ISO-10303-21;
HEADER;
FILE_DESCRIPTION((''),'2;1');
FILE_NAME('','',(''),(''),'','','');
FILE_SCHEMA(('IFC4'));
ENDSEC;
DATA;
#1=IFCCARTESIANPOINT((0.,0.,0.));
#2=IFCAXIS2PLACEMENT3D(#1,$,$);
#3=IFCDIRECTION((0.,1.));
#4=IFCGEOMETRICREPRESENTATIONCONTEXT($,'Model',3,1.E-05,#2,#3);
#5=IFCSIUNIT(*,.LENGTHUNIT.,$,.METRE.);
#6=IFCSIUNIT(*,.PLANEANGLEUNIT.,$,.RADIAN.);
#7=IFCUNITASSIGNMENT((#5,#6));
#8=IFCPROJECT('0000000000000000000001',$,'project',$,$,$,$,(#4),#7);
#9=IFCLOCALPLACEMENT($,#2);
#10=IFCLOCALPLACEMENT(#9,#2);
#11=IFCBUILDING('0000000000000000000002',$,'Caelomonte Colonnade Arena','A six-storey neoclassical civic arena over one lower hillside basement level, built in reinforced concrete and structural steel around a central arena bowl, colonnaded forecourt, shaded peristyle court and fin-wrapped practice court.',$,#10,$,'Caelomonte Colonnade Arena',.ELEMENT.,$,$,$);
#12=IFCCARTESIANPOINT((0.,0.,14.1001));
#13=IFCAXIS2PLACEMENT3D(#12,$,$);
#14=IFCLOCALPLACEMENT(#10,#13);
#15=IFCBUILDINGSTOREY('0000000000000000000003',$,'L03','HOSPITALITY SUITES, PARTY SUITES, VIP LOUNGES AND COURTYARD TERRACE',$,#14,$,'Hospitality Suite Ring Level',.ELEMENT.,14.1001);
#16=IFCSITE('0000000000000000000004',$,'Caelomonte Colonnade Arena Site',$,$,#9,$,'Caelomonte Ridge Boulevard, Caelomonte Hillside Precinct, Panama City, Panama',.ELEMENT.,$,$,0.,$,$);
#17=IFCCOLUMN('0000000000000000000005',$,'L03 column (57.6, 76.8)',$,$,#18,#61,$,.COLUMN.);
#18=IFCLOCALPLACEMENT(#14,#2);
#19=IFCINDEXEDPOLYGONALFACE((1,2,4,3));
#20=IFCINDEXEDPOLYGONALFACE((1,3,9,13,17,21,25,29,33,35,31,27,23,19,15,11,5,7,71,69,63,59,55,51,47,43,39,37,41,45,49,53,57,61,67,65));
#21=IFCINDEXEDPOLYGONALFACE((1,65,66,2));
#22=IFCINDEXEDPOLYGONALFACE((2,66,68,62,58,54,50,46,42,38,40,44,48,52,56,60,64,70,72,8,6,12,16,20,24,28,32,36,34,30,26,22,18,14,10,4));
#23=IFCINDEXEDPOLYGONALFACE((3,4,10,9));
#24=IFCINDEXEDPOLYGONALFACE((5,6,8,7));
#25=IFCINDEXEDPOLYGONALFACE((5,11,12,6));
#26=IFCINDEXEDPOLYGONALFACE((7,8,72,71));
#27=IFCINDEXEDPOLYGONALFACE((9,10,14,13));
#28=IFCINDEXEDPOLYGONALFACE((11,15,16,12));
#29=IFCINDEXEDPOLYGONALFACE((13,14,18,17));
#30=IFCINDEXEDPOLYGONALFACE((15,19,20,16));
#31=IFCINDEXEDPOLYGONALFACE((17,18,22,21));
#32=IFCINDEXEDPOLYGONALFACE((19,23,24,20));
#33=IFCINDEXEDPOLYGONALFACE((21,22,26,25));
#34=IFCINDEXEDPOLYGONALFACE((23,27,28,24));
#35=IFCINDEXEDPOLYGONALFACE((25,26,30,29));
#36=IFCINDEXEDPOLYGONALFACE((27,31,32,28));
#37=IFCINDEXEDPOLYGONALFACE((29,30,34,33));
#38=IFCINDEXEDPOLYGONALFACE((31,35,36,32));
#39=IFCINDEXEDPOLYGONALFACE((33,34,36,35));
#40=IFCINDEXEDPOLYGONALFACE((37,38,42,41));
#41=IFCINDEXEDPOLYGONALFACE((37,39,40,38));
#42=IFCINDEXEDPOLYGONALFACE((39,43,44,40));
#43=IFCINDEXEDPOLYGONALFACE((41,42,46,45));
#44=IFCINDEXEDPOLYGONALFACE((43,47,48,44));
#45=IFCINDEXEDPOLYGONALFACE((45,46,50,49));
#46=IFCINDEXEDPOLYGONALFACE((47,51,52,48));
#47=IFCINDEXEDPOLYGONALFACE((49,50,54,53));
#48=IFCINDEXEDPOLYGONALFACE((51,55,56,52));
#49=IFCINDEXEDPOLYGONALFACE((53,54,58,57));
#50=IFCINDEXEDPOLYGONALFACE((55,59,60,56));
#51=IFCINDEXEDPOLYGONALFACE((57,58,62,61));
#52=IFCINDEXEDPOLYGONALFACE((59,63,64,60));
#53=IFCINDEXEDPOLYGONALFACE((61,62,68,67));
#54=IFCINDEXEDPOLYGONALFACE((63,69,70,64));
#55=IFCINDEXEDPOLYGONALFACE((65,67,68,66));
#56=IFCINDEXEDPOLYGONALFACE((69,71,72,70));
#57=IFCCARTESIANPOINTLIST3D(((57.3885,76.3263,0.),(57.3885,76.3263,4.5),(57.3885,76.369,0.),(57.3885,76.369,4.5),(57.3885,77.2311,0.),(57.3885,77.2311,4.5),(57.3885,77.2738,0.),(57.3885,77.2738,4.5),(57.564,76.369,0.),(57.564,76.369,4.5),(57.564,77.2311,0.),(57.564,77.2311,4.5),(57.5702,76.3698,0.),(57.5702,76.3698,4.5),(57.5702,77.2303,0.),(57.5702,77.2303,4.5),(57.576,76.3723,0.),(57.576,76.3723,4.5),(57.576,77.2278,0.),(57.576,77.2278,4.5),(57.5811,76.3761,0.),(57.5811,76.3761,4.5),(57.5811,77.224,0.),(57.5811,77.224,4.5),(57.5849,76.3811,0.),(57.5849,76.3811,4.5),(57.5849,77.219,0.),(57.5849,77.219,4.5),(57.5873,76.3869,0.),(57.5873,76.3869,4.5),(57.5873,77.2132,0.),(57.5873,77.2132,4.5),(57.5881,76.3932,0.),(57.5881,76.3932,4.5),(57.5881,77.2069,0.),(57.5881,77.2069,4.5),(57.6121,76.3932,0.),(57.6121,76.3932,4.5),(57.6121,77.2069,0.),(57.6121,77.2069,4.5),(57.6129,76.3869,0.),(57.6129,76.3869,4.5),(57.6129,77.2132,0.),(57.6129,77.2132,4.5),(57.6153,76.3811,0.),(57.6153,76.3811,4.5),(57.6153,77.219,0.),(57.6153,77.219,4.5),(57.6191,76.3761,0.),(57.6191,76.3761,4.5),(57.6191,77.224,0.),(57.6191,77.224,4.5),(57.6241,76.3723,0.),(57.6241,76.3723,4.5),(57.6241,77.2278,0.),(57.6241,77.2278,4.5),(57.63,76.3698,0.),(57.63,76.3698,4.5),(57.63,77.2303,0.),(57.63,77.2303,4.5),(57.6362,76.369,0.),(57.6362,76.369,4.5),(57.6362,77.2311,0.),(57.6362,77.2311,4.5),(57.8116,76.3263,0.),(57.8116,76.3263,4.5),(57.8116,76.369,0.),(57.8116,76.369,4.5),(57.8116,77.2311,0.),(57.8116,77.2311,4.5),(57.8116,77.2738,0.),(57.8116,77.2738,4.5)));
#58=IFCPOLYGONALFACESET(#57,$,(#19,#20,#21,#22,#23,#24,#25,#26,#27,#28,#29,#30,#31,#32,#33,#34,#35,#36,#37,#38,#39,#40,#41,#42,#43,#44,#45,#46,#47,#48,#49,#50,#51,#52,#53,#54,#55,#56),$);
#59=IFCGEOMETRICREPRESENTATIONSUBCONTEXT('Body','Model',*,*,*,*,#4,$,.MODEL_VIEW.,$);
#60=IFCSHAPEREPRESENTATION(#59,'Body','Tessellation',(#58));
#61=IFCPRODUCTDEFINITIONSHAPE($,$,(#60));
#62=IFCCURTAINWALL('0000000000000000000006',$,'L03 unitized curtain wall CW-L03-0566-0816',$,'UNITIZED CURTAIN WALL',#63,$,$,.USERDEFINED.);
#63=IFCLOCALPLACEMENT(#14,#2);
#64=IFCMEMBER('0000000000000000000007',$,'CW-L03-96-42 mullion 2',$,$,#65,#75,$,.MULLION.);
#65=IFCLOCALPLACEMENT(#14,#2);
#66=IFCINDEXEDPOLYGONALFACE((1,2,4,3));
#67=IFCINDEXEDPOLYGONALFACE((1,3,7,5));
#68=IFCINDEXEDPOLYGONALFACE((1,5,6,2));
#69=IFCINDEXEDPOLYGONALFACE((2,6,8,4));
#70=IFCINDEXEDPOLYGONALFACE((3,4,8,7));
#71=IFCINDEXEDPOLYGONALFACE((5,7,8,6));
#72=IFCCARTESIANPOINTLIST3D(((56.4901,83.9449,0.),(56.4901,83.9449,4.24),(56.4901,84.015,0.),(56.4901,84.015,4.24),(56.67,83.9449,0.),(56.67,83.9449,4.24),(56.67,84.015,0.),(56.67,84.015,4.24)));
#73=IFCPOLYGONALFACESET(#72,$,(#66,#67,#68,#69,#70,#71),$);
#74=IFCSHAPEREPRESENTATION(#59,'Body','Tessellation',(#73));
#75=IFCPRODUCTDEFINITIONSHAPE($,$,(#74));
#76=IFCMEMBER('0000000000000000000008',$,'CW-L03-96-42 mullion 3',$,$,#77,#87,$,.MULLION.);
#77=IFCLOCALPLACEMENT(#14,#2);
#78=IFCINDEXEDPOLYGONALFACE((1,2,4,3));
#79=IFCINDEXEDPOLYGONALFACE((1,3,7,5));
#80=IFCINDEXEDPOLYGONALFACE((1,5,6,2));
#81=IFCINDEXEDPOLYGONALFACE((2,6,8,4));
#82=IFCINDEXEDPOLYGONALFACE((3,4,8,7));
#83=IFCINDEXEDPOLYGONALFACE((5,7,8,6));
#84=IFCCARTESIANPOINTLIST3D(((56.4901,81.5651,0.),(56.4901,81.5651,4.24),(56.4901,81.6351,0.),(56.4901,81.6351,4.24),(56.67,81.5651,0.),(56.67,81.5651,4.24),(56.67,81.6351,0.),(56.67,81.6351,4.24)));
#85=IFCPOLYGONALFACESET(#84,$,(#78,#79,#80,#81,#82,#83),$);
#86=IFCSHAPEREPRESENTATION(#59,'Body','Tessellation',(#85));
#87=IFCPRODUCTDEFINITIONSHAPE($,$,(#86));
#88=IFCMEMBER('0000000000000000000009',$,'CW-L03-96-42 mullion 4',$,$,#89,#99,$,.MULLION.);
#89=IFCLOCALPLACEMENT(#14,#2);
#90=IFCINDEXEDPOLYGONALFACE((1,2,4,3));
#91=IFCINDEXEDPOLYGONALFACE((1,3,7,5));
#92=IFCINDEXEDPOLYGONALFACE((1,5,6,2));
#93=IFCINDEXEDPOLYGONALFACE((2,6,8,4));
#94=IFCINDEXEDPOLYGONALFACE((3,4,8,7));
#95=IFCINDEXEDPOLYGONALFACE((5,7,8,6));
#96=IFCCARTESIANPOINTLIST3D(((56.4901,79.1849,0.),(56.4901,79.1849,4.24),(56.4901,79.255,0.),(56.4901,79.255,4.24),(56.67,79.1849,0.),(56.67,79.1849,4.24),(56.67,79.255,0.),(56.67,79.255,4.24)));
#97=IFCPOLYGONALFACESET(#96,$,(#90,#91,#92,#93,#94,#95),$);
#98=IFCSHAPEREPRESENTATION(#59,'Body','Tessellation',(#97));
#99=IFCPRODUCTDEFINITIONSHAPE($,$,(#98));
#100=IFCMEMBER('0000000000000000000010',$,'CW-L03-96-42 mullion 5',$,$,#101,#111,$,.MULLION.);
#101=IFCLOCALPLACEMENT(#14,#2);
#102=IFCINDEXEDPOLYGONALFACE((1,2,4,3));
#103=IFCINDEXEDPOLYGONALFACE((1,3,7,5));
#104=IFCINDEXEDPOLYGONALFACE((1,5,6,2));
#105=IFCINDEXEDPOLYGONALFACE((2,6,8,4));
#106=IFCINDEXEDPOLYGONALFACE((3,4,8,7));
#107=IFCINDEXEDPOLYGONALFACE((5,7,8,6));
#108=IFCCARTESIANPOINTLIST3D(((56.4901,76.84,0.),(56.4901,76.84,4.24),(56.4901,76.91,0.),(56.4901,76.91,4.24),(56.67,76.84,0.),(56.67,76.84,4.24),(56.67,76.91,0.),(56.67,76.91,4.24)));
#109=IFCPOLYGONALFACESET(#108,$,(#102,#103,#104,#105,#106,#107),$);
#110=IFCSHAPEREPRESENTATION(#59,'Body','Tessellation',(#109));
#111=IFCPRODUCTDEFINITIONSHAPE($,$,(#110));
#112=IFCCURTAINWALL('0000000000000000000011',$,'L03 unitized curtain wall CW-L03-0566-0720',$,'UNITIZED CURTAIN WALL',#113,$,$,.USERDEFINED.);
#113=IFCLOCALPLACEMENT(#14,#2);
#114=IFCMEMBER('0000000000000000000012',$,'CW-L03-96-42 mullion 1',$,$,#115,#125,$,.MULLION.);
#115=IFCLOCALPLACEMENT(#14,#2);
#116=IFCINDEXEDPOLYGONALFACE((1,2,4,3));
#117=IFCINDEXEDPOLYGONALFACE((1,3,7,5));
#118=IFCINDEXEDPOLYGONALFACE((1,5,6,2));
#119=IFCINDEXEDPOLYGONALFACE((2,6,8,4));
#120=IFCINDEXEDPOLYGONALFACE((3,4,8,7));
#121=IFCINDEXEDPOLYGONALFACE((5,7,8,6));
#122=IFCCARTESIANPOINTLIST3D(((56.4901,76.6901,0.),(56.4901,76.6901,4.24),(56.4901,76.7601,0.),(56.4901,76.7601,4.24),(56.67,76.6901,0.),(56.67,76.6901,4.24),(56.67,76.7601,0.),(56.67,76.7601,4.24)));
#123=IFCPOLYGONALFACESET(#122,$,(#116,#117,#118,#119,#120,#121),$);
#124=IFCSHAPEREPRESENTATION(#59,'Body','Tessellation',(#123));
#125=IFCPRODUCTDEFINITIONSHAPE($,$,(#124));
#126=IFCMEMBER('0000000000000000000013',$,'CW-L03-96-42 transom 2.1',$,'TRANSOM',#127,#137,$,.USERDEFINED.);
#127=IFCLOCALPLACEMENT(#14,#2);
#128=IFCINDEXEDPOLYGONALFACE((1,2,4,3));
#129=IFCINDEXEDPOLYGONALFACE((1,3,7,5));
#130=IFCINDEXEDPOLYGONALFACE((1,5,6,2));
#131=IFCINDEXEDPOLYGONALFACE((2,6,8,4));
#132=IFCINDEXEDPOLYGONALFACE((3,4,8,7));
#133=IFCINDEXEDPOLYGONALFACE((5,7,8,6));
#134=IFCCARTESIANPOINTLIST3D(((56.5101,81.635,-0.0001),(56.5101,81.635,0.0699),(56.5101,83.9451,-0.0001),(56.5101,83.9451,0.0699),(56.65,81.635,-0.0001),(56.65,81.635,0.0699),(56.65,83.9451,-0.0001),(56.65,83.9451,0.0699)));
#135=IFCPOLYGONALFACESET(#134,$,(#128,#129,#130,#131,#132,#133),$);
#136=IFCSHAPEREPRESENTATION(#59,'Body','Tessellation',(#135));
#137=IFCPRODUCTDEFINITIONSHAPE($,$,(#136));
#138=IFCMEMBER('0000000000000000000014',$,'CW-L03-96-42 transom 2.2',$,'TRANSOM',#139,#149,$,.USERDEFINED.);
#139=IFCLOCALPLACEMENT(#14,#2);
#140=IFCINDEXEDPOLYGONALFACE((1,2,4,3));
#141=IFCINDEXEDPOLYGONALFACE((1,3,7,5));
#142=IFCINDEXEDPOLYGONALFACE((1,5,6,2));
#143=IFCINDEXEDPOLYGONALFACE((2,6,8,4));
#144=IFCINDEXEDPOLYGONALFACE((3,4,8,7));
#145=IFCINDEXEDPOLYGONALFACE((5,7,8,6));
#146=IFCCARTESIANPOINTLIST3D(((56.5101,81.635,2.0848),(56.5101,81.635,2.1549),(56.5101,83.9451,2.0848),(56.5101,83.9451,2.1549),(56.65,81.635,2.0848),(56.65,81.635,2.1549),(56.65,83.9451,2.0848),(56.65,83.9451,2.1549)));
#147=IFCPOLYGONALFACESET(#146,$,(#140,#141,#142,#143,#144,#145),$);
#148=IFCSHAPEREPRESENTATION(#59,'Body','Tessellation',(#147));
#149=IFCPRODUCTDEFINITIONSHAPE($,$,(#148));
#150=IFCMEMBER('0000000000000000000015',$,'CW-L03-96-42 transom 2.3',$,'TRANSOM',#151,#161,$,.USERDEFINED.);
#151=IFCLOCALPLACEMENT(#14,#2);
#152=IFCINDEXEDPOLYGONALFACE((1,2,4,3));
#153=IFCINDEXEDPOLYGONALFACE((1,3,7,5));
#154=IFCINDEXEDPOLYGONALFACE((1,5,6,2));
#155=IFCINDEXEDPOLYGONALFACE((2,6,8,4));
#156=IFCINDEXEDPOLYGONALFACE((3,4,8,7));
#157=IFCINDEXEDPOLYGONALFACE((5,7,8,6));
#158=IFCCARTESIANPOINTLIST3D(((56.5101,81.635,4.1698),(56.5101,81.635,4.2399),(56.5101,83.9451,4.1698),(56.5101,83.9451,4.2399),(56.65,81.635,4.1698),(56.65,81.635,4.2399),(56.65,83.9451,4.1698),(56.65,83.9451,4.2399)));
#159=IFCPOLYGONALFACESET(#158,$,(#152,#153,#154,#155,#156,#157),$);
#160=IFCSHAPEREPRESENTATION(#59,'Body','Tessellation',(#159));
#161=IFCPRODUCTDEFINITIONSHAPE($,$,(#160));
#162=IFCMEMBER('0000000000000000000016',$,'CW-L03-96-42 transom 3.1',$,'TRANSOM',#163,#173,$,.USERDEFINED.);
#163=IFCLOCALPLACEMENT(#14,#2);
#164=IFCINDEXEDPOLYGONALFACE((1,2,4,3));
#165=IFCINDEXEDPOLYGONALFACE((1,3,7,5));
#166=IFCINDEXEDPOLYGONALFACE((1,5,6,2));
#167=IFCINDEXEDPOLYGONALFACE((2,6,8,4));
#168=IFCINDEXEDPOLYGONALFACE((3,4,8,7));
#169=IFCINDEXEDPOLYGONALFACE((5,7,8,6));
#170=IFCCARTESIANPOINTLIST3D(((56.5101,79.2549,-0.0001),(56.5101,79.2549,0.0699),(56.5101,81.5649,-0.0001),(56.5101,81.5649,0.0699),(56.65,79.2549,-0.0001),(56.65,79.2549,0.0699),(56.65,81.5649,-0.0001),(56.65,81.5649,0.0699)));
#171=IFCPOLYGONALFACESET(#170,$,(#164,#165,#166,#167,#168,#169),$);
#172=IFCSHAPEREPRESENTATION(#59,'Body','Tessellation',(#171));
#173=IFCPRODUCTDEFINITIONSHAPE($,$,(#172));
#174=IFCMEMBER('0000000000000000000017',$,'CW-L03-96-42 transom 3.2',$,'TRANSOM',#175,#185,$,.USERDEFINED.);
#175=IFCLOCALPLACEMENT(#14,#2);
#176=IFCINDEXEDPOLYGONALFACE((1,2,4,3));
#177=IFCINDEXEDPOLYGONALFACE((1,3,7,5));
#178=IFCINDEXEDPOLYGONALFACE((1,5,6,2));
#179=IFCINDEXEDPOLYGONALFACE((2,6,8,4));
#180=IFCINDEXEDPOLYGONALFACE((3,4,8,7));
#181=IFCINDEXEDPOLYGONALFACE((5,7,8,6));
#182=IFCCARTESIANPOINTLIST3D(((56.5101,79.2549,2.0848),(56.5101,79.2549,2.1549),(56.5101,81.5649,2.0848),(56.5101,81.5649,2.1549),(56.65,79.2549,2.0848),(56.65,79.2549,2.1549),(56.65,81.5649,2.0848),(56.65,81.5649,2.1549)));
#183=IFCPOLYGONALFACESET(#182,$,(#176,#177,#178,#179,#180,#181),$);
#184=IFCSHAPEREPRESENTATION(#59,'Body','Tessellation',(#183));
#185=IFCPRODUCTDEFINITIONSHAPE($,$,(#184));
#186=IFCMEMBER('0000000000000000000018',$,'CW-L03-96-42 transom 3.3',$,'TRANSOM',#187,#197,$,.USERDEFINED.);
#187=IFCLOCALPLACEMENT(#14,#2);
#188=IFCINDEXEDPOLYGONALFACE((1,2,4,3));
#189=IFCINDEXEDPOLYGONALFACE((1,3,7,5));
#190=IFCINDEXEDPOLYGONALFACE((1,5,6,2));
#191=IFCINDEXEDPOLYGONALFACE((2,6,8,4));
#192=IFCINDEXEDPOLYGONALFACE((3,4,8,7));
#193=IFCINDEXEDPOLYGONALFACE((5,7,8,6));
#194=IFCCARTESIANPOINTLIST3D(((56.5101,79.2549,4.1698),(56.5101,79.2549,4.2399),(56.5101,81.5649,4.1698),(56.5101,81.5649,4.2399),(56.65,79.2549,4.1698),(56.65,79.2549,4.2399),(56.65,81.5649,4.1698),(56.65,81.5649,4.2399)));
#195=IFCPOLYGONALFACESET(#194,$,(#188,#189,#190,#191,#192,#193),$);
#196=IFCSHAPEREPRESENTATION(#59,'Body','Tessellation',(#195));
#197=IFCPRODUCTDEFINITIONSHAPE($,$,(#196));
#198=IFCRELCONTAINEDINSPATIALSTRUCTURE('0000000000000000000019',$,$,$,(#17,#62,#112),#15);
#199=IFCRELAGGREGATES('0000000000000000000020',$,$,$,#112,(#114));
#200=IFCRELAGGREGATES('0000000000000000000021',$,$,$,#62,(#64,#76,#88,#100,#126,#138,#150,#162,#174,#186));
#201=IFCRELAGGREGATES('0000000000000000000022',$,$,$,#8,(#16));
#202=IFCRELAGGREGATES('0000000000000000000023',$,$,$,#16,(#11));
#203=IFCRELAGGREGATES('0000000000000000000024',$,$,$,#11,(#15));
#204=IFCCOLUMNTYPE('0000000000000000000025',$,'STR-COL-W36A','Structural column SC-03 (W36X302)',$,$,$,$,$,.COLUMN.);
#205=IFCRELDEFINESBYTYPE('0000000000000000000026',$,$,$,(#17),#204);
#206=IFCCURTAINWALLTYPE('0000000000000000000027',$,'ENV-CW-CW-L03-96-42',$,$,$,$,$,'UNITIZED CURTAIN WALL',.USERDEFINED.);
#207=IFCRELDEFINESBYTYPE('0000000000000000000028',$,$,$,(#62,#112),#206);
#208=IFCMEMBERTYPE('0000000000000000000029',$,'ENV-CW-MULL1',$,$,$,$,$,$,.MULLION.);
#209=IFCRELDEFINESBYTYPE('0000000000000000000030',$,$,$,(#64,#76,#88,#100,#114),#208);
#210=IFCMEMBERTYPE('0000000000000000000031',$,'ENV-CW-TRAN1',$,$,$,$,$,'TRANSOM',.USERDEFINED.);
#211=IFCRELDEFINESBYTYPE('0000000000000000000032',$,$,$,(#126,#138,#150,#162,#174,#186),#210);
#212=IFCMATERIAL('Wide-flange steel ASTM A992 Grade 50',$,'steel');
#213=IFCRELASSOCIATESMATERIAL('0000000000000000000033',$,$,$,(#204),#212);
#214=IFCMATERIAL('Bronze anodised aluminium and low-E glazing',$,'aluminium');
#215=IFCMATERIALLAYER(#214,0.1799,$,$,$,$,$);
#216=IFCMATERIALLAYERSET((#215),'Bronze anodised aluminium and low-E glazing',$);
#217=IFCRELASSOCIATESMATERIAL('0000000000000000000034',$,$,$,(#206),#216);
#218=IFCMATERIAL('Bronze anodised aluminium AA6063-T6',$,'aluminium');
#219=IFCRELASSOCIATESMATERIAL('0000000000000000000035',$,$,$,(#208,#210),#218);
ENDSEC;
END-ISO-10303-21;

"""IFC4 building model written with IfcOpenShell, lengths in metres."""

from ifc_helpers import new_model, si_unit, direction, frame, origin, origin_2d, place, context, subcontext, project, spatial, rectangle, i_section, extrude, material, layer, layer_set, material_profile, profile_set, type_object, element, aggregate, save


model = new_model("IFC4")

# Units and contexts
model_context = context("Model", 3, precision=1e-05, world=origin(), true_north=direction((0.0, 1.0)))
body_context = subcontext(model_context, "Body", "Model", "MODEL_VIEW")
ifc_project = project(units=[si_unit("LENGTHUNIT", "METRE"), si_unit("PLANEANGLEUNIT", "RADIAN")], contexts=[model_context])

# Site, building, storey
site_placement = place(None, origin())
site = spatial("IfcSite", under=ifc_project, at=site_placement, Name="Caelomonte Colonnade Arena Site", LongName="Caelomonte Ridge Boulevard, Caelomonte Hillside Precinct, Panama City, Panama", CompositionType="ELEMENT", RefElevation=0.0)
building_placement = place(site_placement, origin())
building = spatial("IfcBuilding", under=site, at=building_placement, Name="Caelomonte Colonnade Arena", Description="A six-storey neoclassical civic arena over one lower hillside basement level, built in reinforced concrete and structural steel around a central arena bowl, colonnaded forecourt, shaded peristyle court and fin-wrapped practice court.", LongName="Caelomonte Colonnade Arena", CompositionType="ELEMENT")
storey_placement = place(building_placement, frame((0.0, 0.0, 14.1001)))
storey = spatial("IfcBuildingStorey", under=building, at=storey_placement, Name="L03", Description="HOSPITALITY SUITES, PARTY SUITES, VIP LOUNGES AND COURTYARD TERRACE", LongName="Hospitality Suite Ring Level", CompositionType="ELEMENT", Elevation=14.1001)

# Column
ifc_material_1 = material(Name="Wide-flange steel ASTM A992 Grade 50", Category="steel")
ifc_material_profile_1 = material_profile(ifc_material_1, i_section(OverallWidth=0.4231, OverallDepth=0.9475, WebThickness=0.0239, FlangeThickness=0.0427, FilletRadius=0.0242, at=origin_2d()), Name="W36X302")
ifc_profile_set_1 = profile_set([ifc_material_profile_1], Name="Wide-flange steel ASTM A992 Grade 50")
column_type = type_object("IfcColumnType", Name="STR-COL-W36A", Description="Structural column SC-03 (W36X302)", PredefinedType="COLUMN", material=ifc_profile_set_1)
column_placement = place(storey_placement, frame((57.6001, 76.8, 0.0), z_axis=(0.0, 0.0, 1.0), x_axis=(1.0, 0.0, 0.0)))
element("IfcColumn", 1, at=column_placement, inside=storey, type_object=column_type, Name="L03 column (57.6, 76.8)", PredefinedType="COLUMN", context=body_context, shape_type="SweptSolid", body=[
    extrude(i_section(OverallWidth=0.4231, OverallDepth=0.9475, WebThickness=0.0239, FlangeThickness=0.0427, FilletRadius=0.0242, at=origin_2d()), origin(), (0.0, 0.0, 1.0), 4.5),
])

# Curtain wall, members
ifc_material_2 = material(Name="Bronze anodised aluminium and low-E glazing", Category="aluminium")
ifc_layer_1 = layer(ifc_material_2, 0.1799)
ifc_layer_set_1 = layer_set([ifc_layer_1], Name="Bronze anodised aluminium and low-E glazing")
curtain_wall_type = type_object("IfcCurtainWallType", Name="ENV-CW-CW-L03-96-42", ElementType="UNITIZED CURTAIN WALL", PredefinedType="USERDEFINED", material=ifc_layer_set_1)
curtain_wall_1_placement = place(storey_placement, origin())
curtain_wall_1 = element("IfcCurtainWall", 2, at=curtain_wall_1_placement, inside=storey, type_object=curtain_wall_type, Name="L03 unitized curtain wall CW-L03-0566-0816", ObjectType="UNITIZED CURTAIN WALL", PredefinedType="USERDEFINED")
ifc_material_3 = material(Name="Bronze anodised aluminium AA6063-T6", Category="aluminium")
ifc_material_profile_2 = material_profile(ifc_material_3, rectangle(XDim=0.0701, YDim=0.1799, at=origin_2d()), Name="CWM-70X180")
ifc_profile_set_2 = profile_set([ifc_material_profile_2], Name="Bronze anodised aluminium AA6063-T6")
member_type_1 = type_object("IfcMemberType", Name="ENV-CW-MULL1", PredefinedType="MULLION", material=ifc_profile_set_2)
member_1_placement = place(storey_placement, frame((56.5801, 83.98, 0.0), z_axis=(0.0, 0.0, 1.0), x_axis=(0.0, -1.0, 0.0)))
member_1 = element("IfcMember", 3, at=member_1_placement, type_object=member_type_1, Name="CW-L03-96-42 mullion 2", PredefinedType="MULLION", context=body_context, shape_type="SweptSolid", body=[
    extrude(rectangle(XDim=0.0701, YDim=0.1799, at=origin_2d()), origin(), (0.0, 0.0, 1.0), 4.24),
])
member_2_placement = place(storey_placement, frame((56.5801, 81.6001, 0.0), z_axis=(0.0, 0.0, 1.0), x_axis=(0.0, -1.0, 0.0)))
member_2 = element("IfcMember", 4, at=member_2_placement, type_object=member_type_1, Name="CW-L03-96-42 mullion 3", PredefinedType="MULLION", context=body_context, shape_type="SweptSolid", body=[
    extrude(rectangle(XDim=0.0701, YDim=0.1799, at=origin_2d()), origin(), (0.0, 0.0, 1.0), 4.24),
])
member_3_placement = place(storey_placement, frame((56.5801, 79.22, 0.0), z_axis=(0.0, 0.0, 1.0), x_axis=(0.0, -1.0, 0.0)))
member_3 = element("IfcMember", 5, at=member_3_placement, type_object=member_type_1, Name="CW-L03-96-42 mullion 4", PredefinedType="MULLION", context=body_context, shape_type="SweptSolid", body=[
    extrude(rectangle(XDim=0.0701, YDim=0.1799, at=origin_2d()), origin(), (0.0, 0.0, 1.0), 4.24),
])
member_4_placement = place(storey_placement, frame((56.5801, 76.875, 0.0), z_axis=(0.0, 0.0, 1.0), x_axis=(0.0, -1.0, 0.0)))
member_4 = element("IfcMember", 6, at=member_4_placement, type_object=member_type_1, Name="CW-L03-96-42 mullion 5", PredefinedType="MULLION", context=body_context, shape_type="SweptSolid", body=[
    extrude(rectangle(XDim=0.0701, YDim=0.1799, at=origin_2d()), origin(), (0.0, 0.0, 1.0), 4.24),
])

# Curtain wall, member
curtain_wall_2_placement = place(storey_placement, origin())
curtain_wall_2 = element("IfcCurtainWall", 7, at=curtain_wall_2_placement, inside=storey, type_object=curtain_wall_type, Name="L03 unitized curtain wall CW-L03-0566-0720", ObjectType="UNITIZED CURTAIN WALL", PredefinedType="USERDEFINED")
member_5_placement = place(storey_placement, frame((56.5801, 76.7251, 0.0), z_axis=(0.0, 0.0, 1.0), x_axis=(0.0, -1.0, 0.0)))
member_5 = element("IfcMember", 8, at=member_5_placement, type_object=member_type_1, Name="CW-L03-96-42 mullion 1", PredefinedType="MULLION", context=body_context, shape_type="SweptSolid", body=[
    extrude(rectangle(XDim=0.0701, YDim=0.1799, at=origin_2d()), origin(), (0.0, 0.0, 1.0), 4.24),
])

# Members
ifc_material_profile_3 = material_profile(ifc_material_3, rectangle(XDim=0.0701, YDim=0.1399, at=origin_2d()), Name="CWT-70X140")
ifc_profile_set_3 = profile_set([ifc_material_profile_3], Name="Bronze anodised aluminium AA6063-T6")
member_type_2 = type_object("IfcMemberType", Name="ENV-CW-TRAN1", ElementType="TRANSOM", PredefinedType="USERDEFINED", material=ifc_profile_set_3)
member_6_placement = place(storey_placement, frame((56.5801, 83.9451, 0.0349), z_axis=(0.0, -1.0, 0.0), x_axis=(0.0, 0.0, 1.0)))
member_6 = element("IfcMember", 9, at=member_6_placement, type_object=member_type_2, Name="CW-L03-96-42 transom 2.1", ObjectType="TRANSOM", PredefinedType="USERDEFINED", context=body_context, shape_type="SweptSolid", body=[
    extrude(rectangle(XDim=0.0701, YDim=0.1399, at=origin_2d()), origin(), (0.0, 0.0, 1.0), 2.3101),
])
member_7_placement = place(storey_placement, frame((56.5801, 83.9451, 2.1199), z_axis=(0.0, -1.0, 0.0), x_axis=(0.0, 0.0, 1.0)))
member_7 = element("IfcMember", 10, at=member_7_placement, type_object=member_type_2, Name="CW-L03-96-42 transom 2.2", ObjectType="TRANSOM", PredefinedType="USERDEFINED", context=body_context, shape_type="SweptSolid", body=[
    extrude(rectangle(XDim=0.0701, YDim=0.1399, at=origin_2d()), origin(), (0.0, 0.0, 1.0), 2.3101),
])
member_8_placement = place(storey_placement, frame((56.5801, 83.9451, 4.2048), z_axis=(0.0, -1.0, 0.0), x_axis=(0.0, 0.0, 1.0)))
member_8 = element("IfcMember", 11, at=member_8_placement, type_object=member_type_2, Name="CW-L03-96-42 transom 2.3", ObjectType="TRANSOM", PredefinedType="USERDEFINED", context=body_context, shape_type="SweptSolid", body=[
    extrude(rectangle(XDim=0.0701, YDim=0.1399, at=origin_2d()), origin(), (0.0, 0.0, 1.0), 2.3101),
])
member_9_placement = place(storey_placement, frame((56.5801, 81.5649, 0.0349), z_axis=(0.0, -1.0, 0.0), x_axis=(0.0, 0.0, 1.0)))
member_9 = element("IfcMember", 12, at=member_9_placement, type_object=member_type_2, Name="CW-L03-96-42 transom 3.1", ObjectType="TRANSOM", PredefinedType="USERDEFINED", context=body_context, shape_type="SweptSolid", body=[
    extrude(rectangle(XDim=0.0701, YDim=0.1399, at=origin_2d()), origin(), (0.0, 0.0, 1.0), 2.3101),
])
member_10_placement = place(storey_placement, frame((56.5801, 81.5649, 2.1199), z_axis=(0.0, -1.0, 0.0), x_axis=(0.0, 0.0, 1.0)))
member_10 = element("IfcMember", 13, at=member_10_placement, type_object=member_type_2, Name="CW-L03-96-42 transom 3.2", ObjectType="TRANSOM", PredefinedType="USERDEFINED", context=body_context, shape_type="SweptSolid", body=[
    extrude(rectangle(XDim=0.0701, YDim=0.1399, at=origin_2d()), origin(), (0.0, 0.0, 1.0), 2.3101),
])
member_11_placement = place(storey_placement, frame((56.5801, 81.5649, 4.2048), z_axis=(0.0, -1.0, 0.0), x_axis=(0.0, 0.0, 1.0)))
member_11 = element("IfcMember", 14, at=member_11_placement, type_object=member_type_2, Name="CW-L03-96-42 transom 3.3", ObjectType="TRANSOM", PredefinedType="USERDEFINED", context=body_context, shape_type="SweptSolid", body=[
    extrude(rectangle(XDim=0.0701, YDim=0.1399, at=origin_2d()), origin(), (0.0, 0.0, 1.0), 2.3101),
])
aggregate(curtain_wall_2, [member_5])

aggregate(curtain_wall_1, [member_1, member_2, member_3, member_4, member_6, member_7, member_8, member_9, member_10, member_11])

save(model, "model.ifc")
